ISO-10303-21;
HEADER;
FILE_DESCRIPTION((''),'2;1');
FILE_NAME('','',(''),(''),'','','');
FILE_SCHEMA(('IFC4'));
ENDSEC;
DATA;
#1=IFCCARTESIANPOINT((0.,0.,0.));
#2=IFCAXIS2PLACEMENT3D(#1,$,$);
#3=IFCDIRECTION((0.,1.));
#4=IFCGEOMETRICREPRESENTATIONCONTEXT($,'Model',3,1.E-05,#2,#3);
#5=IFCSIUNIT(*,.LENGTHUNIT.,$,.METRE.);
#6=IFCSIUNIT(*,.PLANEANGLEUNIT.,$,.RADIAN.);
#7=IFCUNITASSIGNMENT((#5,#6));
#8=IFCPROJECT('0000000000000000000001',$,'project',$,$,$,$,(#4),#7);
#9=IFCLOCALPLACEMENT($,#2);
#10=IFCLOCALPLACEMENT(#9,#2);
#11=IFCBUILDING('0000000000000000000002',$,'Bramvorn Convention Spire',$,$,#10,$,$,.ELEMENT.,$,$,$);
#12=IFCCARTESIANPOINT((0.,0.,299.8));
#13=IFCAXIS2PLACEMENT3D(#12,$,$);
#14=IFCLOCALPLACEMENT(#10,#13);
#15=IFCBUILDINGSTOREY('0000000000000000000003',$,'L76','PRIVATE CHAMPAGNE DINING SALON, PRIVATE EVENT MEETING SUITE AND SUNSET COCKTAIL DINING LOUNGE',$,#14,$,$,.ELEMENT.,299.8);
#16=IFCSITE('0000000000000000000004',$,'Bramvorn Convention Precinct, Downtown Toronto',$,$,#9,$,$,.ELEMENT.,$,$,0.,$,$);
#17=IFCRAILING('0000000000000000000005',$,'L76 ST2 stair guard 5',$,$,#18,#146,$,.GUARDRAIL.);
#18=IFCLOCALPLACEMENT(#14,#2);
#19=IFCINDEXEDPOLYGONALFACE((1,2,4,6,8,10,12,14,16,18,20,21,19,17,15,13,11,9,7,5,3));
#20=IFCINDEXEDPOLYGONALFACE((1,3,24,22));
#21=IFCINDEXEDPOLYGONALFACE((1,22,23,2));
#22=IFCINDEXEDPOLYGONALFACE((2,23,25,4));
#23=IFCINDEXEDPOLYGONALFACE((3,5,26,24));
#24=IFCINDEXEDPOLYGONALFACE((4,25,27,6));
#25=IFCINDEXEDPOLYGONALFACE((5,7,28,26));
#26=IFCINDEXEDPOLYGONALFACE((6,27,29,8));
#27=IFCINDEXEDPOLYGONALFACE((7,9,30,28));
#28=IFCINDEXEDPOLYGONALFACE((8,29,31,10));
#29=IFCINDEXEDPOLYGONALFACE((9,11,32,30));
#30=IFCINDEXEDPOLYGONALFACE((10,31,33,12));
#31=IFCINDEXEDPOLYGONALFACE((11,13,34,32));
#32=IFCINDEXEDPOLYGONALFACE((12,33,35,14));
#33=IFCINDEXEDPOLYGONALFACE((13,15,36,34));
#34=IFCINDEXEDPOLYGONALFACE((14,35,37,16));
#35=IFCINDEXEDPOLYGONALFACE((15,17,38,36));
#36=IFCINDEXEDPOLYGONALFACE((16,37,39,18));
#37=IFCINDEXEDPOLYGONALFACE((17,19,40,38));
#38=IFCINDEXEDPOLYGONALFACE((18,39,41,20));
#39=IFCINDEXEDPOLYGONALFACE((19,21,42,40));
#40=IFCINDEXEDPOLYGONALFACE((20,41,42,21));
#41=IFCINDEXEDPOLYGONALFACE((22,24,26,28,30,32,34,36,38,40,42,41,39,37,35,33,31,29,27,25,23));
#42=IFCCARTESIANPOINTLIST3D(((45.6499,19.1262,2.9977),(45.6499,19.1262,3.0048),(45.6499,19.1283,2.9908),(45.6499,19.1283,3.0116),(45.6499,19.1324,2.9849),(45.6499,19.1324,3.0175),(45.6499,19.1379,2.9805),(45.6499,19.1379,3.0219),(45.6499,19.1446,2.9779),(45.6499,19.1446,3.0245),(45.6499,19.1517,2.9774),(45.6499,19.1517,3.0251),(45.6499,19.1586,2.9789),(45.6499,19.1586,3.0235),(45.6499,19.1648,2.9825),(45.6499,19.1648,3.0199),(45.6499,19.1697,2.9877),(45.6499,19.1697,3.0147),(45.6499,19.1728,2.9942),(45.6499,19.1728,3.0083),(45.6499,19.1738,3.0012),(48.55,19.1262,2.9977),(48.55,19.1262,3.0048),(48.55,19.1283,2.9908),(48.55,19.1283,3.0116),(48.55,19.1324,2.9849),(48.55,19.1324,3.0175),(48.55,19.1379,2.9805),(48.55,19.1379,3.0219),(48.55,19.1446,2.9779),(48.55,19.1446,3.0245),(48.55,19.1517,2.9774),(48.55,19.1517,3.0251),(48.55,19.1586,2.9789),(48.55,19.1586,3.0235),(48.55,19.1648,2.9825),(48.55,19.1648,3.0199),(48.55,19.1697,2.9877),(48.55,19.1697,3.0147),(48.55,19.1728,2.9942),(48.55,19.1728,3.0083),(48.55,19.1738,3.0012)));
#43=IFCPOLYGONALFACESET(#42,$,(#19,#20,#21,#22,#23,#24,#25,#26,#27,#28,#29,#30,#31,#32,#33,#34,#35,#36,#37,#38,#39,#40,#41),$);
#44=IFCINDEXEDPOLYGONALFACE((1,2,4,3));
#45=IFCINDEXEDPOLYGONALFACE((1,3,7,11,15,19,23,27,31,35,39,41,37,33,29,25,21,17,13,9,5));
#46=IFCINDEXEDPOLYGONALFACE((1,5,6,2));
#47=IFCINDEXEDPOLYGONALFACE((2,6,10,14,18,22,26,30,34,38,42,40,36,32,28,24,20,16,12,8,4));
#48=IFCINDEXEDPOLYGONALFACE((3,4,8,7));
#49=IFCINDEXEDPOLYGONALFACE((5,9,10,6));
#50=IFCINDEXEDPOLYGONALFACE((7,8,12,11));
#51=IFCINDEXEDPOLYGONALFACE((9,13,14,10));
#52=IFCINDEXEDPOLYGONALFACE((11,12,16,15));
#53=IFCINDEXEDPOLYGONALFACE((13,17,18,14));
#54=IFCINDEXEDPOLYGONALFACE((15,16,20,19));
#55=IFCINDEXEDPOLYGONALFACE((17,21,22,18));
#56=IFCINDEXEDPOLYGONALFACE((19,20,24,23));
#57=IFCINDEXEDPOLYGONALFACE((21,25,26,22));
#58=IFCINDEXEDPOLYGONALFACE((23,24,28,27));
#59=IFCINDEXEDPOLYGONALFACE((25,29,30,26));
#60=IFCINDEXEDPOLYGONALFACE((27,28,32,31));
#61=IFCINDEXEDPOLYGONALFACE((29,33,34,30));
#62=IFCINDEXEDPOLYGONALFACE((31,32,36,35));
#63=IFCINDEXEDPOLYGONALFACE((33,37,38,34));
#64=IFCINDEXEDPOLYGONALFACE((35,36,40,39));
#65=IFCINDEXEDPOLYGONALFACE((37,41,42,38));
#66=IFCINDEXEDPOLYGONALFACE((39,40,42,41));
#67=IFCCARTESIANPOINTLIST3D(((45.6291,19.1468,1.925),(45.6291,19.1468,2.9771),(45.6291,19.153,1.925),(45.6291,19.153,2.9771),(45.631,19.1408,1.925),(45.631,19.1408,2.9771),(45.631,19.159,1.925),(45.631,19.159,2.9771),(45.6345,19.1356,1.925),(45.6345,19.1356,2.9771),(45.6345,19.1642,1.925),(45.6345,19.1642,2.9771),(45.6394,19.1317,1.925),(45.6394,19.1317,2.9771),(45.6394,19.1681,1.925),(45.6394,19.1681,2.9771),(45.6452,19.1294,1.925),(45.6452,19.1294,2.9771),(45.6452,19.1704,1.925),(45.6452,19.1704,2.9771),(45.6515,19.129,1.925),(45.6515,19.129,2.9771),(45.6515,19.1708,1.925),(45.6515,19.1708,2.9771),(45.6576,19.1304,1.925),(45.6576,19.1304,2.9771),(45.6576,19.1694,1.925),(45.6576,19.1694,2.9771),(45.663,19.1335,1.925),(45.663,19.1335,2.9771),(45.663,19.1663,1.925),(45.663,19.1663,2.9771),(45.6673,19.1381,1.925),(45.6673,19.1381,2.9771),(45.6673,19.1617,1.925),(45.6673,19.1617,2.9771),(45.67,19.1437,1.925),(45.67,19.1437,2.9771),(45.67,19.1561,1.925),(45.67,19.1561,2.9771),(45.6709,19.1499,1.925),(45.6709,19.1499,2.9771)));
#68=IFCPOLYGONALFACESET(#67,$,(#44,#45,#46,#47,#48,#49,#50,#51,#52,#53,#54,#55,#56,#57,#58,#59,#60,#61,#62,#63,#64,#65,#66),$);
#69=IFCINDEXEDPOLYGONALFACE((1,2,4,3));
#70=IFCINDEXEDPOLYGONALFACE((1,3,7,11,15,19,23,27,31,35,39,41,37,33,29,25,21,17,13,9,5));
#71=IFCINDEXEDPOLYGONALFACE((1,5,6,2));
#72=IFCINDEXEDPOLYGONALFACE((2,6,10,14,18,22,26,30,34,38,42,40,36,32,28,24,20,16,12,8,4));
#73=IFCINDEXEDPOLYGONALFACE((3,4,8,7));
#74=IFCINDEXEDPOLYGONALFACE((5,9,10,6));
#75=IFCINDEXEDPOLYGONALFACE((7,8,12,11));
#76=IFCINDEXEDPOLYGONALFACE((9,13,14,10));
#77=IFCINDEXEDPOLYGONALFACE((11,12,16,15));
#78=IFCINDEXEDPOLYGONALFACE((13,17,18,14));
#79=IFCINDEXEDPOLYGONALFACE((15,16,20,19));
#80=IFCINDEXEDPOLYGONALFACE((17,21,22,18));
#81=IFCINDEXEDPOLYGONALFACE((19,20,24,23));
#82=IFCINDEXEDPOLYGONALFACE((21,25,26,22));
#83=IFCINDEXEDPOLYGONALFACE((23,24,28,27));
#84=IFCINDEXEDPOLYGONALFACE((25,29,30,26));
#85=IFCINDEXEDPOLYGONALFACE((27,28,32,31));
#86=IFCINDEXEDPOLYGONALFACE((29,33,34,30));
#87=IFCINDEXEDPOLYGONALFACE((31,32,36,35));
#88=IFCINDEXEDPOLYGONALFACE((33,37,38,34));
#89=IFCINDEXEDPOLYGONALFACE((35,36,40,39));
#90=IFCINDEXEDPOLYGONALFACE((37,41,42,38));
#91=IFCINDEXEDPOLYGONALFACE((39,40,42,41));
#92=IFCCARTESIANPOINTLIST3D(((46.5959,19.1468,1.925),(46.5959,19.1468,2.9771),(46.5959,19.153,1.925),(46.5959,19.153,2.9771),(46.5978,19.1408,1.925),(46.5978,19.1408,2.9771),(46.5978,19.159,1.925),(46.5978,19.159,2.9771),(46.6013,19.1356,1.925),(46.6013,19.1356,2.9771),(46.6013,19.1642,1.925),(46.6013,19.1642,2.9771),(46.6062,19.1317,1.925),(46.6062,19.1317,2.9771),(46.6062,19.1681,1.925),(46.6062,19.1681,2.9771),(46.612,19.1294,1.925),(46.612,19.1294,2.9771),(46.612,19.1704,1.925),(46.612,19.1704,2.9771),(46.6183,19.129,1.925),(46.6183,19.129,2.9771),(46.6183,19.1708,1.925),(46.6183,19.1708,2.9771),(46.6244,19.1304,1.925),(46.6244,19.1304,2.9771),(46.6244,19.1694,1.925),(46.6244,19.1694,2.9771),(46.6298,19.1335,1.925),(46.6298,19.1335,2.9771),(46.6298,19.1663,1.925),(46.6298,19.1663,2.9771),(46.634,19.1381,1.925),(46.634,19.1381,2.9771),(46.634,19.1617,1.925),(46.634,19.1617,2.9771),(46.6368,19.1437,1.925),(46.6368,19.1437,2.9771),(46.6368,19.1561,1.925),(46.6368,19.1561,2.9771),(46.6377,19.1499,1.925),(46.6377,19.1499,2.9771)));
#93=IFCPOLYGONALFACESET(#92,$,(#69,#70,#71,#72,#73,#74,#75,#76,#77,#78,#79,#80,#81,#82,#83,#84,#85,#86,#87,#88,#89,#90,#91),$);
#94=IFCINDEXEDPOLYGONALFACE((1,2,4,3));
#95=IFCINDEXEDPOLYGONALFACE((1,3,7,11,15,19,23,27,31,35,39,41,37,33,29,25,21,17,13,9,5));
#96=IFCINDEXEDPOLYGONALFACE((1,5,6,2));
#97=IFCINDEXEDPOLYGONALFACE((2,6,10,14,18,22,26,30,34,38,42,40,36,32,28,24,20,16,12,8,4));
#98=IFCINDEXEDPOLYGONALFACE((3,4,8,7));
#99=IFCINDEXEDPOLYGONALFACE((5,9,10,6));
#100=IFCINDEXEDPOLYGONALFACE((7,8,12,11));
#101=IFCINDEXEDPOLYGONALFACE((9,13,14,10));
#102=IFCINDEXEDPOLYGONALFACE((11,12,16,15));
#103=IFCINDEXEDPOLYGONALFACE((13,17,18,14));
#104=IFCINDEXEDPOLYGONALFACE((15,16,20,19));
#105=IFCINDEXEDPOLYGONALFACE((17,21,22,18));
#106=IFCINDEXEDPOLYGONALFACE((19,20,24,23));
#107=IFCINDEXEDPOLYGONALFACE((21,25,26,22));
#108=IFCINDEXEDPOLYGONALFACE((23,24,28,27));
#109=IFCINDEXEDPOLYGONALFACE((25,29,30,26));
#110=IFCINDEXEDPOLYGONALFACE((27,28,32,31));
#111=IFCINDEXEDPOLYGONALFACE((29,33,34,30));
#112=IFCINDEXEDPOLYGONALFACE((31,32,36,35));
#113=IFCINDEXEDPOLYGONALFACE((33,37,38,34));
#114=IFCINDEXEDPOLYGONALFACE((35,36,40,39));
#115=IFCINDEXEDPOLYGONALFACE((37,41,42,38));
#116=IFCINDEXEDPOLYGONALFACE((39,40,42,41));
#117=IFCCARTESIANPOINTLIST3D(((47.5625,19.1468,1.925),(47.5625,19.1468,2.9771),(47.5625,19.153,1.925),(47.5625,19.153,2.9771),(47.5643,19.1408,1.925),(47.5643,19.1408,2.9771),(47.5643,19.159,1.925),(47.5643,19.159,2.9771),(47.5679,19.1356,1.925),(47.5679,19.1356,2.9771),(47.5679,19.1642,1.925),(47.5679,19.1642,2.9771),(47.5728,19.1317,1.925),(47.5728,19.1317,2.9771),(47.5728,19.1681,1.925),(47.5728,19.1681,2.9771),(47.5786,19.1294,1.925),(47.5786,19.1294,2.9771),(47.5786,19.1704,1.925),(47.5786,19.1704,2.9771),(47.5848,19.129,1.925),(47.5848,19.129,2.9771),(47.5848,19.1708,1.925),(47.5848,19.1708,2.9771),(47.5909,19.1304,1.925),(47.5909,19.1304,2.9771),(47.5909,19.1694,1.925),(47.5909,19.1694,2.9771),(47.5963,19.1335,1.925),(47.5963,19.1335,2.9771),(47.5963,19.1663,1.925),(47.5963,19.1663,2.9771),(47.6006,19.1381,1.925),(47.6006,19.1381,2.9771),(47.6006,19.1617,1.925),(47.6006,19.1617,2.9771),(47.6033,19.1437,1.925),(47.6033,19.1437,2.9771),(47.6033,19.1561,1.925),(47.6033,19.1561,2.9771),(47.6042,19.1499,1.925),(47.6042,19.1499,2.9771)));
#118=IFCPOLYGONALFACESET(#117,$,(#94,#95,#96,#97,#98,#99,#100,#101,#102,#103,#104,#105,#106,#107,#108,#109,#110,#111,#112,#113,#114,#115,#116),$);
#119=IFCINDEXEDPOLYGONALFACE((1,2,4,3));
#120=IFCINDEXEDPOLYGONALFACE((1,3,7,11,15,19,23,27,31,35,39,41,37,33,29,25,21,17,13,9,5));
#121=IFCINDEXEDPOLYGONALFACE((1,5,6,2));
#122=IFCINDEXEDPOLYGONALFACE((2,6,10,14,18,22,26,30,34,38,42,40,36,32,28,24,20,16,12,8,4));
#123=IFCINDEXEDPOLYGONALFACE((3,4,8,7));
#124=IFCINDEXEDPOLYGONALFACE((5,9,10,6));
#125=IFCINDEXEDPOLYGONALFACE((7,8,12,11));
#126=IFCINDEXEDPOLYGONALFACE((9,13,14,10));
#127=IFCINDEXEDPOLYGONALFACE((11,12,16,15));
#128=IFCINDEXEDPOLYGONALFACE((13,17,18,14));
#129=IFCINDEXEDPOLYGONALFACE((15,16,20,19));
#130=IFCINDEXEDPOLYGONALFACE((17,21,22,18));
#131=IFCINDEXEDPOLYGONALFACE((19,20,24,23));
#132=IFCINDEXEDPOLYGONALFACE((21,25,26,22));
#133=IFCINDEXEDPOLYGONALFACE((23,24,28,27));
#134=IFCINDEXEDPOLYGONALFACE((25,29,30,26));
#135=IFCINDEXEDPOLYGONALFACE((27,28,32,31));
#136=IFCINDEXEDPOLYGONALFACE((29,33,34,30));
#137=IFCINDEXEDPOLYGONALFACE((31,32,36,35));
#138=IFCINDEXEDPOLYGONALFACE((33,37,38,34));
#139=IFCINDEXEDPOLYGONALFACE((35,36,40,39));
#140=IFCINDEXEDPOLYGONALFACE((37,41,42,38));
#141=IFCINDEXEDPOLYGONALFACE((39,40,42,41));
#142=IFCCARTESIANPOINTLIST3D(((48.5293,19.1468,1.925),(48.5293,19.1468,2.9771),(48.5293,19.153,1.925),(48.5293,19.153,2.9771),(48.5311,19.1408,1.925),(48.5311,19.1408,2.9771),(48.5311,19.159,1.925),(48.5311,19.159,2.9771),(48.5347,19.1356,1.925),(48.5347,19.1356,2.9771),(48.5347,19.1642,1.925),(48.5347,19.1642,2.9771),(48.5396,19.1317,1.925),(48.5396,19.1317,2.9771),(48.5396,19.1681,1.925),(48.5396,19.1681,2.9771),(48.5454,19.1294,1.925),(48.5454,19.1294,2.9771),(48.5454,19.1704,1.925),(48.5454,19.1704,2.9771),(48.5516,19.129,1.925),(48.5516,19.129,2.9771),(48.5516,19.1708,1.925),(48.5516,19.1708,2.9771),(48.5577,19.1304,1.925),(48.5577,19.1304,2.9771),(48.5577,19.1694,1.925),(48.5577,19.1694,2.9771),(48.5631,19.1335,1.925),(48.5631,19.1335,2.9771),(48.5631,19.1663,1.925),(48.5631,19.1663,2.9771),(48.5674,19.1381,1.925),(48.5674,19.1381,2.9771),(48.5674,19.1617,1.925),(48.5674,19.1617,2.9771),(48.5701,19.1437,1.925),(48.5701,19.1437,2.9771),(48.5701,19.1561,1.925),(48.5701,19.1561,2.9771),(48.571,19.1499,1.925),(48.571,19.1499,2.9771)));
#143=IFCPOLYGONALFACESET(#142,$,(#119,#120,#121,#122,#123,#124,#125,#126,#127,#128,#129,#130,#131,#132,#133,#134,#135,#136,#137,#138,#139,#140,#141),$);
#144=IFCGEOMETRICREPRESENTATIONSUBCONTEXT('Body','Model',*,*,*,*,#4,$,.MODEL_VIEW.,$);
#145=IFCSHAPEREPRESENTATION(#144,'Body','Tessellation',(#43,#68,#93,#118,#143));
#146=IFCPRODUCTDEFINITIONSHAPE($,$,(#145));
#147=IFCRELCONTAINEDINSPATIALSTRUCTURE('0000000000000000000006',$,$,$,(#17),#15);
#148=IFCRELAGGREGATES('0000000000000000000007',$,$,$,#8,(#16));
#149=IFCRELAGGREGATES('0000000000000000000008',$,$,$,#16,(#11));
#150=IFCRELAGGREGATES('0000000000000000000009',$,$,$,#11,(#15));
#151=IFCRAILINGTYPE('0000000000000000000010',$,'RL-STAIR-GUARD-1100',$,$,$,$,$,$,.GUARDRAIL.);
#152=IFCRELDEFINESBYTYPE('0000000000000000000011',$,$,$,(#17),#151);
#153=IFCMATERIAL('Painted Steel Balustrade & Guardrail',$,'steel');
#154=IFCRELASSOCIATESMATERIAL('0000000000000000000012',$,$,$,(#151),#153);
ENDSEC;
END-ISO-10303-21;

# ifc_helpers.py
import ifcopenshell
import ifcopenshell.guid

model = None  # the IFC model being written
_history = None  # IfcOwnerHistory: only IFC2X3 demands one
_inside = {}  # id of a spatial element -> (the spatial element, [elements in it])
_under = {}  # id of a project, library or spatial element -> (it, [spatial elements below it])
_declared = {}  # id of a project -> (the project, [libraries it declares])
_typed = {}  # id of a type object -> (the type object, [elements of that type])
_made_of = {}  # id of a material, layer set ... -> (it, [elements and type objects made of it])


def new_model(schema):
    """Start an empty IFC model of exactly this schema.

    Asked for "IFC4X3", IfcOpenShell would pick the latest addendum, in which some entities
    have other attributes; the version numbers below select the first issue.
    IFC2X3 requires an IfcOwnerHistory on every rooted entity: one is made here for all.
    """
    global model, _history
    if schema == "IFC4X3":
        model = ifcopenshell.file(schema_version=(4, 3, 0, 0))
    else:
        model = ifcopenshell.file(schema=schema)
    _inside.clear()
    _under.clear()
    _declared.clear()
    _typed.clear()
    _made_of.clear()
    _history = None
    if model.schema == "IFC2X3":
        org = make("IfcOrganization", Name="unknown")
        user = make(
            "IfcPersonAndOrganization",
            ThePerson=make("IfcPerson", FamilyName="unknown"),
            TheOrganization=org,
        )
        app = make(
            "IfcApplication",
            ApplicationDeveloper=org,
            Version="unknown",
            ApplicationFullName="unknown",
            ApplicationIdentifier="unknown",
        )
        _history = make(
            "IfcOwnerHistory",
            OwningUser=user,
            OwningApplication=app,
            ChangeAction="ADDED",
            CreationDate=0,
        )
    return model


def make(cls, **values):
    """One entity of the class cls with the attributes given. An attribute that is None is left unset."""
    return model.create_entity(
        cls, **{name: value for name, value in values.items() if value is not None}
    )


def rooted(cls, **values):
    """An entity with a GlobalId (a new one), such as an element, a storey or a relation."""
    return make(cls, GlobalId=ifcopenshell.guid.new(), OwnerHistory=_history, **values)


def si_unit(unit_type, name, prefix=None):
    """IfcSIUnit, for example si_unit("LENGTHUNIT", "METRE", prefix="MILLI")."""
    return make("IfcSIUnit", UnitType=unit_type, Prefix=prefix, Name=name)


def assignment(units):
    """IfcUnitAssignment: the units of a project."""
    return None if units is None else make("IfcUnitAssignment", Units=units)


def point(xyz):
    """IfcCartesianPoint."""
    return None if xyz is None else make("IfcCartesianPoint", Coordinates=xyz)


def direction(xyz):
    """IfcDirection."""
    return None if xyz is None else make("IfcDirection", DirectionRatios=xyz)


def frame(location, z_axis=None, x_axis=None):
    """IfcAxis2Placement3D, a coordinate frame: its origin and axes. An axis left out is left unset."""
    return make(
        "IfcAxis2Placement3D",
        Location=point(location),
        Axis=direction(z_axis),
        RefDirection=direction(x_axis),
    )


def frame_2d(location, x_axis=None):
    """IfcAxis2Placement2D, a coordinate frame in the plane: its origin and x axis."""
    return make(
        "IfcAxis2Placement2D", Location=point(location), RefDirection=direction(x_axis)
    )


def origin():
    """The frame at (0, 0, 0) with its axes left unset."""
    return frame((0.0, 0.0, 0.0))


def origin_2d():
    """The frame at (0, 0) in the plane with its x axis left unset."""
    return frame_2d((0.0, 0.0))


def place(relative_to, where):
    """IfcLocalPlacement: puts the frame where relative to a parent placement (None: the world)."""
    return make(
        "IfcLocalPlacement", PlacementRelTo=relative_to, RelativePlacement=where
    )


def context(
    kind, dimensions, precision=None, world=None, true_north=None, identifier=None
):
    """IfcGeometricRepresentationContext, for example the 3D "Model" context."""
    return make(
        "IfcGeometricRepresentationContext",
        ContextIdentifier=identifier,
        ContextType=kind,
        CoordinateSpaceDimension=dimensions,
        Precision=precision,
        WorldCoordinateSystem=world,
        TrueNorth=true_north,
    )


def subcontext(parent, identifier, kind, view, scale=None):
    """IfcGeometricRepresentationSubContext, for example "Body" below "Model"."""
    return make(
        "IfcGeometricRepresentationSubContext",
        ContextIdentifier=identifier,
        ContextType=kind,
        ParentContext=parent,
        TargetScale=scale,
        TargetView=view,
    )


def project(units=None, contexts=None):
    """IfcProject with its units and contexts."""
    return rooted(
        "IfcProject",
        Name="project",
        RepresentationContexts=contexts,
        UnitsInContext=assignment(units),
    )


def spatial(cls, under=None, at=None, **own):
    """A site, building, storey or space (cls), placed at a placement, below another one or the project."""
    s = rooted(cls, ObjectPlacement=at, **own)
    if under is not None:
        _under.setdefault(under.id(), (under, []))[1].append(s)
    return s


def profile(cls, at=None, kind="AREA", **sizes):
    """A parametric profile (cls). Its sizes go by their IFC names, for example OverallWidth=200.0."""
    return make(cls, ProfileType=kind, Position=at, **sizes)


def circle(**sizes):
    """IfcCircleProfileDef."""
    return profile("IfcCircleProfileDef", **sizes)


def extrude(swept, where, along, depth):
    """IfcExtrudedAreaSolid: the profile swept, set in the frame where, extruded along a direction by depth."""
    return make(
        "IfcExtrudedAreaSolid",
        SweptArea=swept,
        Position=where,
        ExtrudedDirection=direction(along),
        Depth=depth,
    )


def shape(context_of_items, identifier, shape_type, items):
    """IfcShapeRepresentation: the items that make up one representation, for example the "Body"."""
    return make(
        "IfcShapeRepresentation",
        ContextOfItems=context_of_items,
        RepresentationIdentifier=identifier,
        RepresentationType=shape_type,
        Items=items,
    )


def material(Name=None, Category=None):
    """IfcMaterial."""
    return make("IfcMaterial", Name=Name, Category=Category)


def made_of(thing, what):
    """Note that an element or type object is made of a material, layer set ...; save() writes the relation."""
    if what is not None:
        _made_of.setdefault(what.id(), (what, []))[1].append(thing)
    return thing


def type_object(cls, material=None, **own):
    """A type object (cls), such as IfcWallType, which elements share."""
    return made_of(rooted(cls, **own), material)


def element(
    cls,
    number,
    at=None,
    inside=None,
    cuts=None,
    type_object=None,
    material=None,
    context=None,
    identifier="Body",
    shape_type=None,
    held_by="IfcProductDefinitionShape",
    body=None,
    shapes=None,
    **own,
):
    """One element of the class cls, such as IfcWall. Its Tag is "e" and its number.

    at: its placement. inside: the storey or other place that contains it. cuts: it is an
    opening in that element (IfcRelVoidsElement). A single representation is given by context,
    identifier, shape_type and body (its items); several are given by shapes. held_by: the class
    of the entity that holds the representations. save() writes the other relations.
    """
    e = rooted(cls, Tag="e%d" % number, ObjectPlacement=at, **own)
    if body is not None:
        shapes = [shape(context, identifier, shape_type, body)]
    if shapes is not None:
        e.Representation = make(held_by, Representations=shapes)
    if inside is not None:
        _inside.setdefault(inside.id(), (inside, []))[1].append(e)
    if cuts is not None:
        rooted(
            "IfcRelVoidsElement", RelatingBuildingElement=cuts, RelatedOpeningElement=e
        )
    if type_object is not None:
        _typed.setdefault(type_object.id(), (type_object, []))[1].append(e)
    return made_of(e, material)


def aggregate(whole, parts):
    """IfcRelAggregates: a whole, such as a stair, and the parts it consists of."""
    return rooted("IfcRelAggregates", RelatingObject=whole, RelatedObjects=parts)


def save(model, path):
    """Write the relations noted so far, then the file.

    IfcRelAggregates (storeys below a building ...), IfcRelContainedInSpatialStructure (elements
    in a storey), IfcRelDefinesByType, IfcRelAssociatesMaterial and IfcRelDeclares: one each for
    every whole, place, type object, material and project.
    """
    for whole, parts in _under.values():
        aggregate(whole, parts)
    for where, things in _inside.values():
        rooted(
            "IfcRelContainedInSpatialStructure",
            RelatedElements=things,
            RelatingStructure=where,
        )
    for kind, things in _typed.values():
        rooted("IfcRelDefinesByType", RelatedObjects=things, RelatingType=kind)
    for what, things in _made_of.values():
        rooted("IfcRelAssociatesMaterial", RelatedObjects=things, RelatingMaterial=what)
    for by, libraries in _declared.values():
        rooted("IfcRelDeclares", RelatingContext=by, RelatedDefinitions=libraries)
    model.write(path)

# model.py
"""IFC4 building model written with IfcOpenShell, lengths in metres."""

from ifc_helpers import new_model, si_unit, direction, frame, origin, origin_2d, place, context, subcontext, project, spatial, circle, extrude, material, type_object, element, save


model = new_model("IFC4")

# Units and contexts
model_context = context("Model", 3, precision=1e-05, world=origin(), true_north=direction((0.0, 1.0)))
body_context = subcontext(model_context, "Body", "Model", "MODEL_VIEW")
ifc_project = project(units=[si_unit("LENGTHUNIT", "METRE"), si_unit("PLANEANGLEUNIT", "RADIAN")], contexts=[model_context])

# Site, building, storey
site_placement = place(None, origin())
site = spatial("IfcSite", under=ifc_project, at=site_placement, Name="Bramvorn Convention Precinct, Downtown Toronto", CompositionType="ELEMENT", RefElevation=0.0)
building_placement = place(site_placement, origin())
building = spatial("IfcBuilding", under=site, at=building_placement, Name="Bramvorn Convention Spire", CompositionType="ELEMENT")
storey_placement = place(building_placement, frame((0.0, 0.0, 299.8)))
storey = spatial("IfcBuildingStorey", under=building, at=storey_placement, Name="L76", Description="PRIVATE CHAMPAGNE DINING SALON, PRIVATE EVENT MEETING SUITE AND SUNSET COCKTAIL DINING LOUNGE", CompositionType="ELEMENT", Elevation=299.8)

# Railing
ifc_material_1 = material(Name="Painted Steel Balustrade & Guardrail", Category="steel")
railing_type = type_object("IfcRailingType", Name="RL-STAIR-GUARD-1100", PredefinedType="GUARDRAIL", material=ifc_material_1)
railing_1_placement = place(storey_placement, frame((45.6499, 19.1499, 1.925)))
element("IfcRailing", 1, at=railing_1_placement, inside=storey, type_object=railing_type, Name="L76 ST2 stair guard 5", PredefinedType="GUARDRAIL", context=body_context, shape_type="SweptSolid", body=[
    extrude(circle(Radius=0.0239, at=origin_2d()), frame((0.0, 0.0, 1.0762), z_axis=(1.0, 0.0, 0.0), x_axis=(0.0, 1.0, 0.0)), (0.0, 0.0, 1.0), 2.9001),
    extrude(circle(Radius=0.021, at=origin_2d()), origin(), (0.0, 0.0, 1.0), 1.052),
    extrude(circle(Radius=0.021, at=origin_2d()), frame((0.9668, 0.0, 0.0)), (0.0, 0.0, 1.0), 1.052),
    extrude(circle(Radius=0.021, at=origin_2d()), frame((1.9333, 0.0, 0.0)), (0.0, 0.0, 1.0), 1.052),
    extrude(circle(Radius=0.021, at=origin_2d()), frame((2.9001, 0.0, 0.0)), (0.0, 0.0, 1.0), 1.052),
])

save(model, "model.ifc")
